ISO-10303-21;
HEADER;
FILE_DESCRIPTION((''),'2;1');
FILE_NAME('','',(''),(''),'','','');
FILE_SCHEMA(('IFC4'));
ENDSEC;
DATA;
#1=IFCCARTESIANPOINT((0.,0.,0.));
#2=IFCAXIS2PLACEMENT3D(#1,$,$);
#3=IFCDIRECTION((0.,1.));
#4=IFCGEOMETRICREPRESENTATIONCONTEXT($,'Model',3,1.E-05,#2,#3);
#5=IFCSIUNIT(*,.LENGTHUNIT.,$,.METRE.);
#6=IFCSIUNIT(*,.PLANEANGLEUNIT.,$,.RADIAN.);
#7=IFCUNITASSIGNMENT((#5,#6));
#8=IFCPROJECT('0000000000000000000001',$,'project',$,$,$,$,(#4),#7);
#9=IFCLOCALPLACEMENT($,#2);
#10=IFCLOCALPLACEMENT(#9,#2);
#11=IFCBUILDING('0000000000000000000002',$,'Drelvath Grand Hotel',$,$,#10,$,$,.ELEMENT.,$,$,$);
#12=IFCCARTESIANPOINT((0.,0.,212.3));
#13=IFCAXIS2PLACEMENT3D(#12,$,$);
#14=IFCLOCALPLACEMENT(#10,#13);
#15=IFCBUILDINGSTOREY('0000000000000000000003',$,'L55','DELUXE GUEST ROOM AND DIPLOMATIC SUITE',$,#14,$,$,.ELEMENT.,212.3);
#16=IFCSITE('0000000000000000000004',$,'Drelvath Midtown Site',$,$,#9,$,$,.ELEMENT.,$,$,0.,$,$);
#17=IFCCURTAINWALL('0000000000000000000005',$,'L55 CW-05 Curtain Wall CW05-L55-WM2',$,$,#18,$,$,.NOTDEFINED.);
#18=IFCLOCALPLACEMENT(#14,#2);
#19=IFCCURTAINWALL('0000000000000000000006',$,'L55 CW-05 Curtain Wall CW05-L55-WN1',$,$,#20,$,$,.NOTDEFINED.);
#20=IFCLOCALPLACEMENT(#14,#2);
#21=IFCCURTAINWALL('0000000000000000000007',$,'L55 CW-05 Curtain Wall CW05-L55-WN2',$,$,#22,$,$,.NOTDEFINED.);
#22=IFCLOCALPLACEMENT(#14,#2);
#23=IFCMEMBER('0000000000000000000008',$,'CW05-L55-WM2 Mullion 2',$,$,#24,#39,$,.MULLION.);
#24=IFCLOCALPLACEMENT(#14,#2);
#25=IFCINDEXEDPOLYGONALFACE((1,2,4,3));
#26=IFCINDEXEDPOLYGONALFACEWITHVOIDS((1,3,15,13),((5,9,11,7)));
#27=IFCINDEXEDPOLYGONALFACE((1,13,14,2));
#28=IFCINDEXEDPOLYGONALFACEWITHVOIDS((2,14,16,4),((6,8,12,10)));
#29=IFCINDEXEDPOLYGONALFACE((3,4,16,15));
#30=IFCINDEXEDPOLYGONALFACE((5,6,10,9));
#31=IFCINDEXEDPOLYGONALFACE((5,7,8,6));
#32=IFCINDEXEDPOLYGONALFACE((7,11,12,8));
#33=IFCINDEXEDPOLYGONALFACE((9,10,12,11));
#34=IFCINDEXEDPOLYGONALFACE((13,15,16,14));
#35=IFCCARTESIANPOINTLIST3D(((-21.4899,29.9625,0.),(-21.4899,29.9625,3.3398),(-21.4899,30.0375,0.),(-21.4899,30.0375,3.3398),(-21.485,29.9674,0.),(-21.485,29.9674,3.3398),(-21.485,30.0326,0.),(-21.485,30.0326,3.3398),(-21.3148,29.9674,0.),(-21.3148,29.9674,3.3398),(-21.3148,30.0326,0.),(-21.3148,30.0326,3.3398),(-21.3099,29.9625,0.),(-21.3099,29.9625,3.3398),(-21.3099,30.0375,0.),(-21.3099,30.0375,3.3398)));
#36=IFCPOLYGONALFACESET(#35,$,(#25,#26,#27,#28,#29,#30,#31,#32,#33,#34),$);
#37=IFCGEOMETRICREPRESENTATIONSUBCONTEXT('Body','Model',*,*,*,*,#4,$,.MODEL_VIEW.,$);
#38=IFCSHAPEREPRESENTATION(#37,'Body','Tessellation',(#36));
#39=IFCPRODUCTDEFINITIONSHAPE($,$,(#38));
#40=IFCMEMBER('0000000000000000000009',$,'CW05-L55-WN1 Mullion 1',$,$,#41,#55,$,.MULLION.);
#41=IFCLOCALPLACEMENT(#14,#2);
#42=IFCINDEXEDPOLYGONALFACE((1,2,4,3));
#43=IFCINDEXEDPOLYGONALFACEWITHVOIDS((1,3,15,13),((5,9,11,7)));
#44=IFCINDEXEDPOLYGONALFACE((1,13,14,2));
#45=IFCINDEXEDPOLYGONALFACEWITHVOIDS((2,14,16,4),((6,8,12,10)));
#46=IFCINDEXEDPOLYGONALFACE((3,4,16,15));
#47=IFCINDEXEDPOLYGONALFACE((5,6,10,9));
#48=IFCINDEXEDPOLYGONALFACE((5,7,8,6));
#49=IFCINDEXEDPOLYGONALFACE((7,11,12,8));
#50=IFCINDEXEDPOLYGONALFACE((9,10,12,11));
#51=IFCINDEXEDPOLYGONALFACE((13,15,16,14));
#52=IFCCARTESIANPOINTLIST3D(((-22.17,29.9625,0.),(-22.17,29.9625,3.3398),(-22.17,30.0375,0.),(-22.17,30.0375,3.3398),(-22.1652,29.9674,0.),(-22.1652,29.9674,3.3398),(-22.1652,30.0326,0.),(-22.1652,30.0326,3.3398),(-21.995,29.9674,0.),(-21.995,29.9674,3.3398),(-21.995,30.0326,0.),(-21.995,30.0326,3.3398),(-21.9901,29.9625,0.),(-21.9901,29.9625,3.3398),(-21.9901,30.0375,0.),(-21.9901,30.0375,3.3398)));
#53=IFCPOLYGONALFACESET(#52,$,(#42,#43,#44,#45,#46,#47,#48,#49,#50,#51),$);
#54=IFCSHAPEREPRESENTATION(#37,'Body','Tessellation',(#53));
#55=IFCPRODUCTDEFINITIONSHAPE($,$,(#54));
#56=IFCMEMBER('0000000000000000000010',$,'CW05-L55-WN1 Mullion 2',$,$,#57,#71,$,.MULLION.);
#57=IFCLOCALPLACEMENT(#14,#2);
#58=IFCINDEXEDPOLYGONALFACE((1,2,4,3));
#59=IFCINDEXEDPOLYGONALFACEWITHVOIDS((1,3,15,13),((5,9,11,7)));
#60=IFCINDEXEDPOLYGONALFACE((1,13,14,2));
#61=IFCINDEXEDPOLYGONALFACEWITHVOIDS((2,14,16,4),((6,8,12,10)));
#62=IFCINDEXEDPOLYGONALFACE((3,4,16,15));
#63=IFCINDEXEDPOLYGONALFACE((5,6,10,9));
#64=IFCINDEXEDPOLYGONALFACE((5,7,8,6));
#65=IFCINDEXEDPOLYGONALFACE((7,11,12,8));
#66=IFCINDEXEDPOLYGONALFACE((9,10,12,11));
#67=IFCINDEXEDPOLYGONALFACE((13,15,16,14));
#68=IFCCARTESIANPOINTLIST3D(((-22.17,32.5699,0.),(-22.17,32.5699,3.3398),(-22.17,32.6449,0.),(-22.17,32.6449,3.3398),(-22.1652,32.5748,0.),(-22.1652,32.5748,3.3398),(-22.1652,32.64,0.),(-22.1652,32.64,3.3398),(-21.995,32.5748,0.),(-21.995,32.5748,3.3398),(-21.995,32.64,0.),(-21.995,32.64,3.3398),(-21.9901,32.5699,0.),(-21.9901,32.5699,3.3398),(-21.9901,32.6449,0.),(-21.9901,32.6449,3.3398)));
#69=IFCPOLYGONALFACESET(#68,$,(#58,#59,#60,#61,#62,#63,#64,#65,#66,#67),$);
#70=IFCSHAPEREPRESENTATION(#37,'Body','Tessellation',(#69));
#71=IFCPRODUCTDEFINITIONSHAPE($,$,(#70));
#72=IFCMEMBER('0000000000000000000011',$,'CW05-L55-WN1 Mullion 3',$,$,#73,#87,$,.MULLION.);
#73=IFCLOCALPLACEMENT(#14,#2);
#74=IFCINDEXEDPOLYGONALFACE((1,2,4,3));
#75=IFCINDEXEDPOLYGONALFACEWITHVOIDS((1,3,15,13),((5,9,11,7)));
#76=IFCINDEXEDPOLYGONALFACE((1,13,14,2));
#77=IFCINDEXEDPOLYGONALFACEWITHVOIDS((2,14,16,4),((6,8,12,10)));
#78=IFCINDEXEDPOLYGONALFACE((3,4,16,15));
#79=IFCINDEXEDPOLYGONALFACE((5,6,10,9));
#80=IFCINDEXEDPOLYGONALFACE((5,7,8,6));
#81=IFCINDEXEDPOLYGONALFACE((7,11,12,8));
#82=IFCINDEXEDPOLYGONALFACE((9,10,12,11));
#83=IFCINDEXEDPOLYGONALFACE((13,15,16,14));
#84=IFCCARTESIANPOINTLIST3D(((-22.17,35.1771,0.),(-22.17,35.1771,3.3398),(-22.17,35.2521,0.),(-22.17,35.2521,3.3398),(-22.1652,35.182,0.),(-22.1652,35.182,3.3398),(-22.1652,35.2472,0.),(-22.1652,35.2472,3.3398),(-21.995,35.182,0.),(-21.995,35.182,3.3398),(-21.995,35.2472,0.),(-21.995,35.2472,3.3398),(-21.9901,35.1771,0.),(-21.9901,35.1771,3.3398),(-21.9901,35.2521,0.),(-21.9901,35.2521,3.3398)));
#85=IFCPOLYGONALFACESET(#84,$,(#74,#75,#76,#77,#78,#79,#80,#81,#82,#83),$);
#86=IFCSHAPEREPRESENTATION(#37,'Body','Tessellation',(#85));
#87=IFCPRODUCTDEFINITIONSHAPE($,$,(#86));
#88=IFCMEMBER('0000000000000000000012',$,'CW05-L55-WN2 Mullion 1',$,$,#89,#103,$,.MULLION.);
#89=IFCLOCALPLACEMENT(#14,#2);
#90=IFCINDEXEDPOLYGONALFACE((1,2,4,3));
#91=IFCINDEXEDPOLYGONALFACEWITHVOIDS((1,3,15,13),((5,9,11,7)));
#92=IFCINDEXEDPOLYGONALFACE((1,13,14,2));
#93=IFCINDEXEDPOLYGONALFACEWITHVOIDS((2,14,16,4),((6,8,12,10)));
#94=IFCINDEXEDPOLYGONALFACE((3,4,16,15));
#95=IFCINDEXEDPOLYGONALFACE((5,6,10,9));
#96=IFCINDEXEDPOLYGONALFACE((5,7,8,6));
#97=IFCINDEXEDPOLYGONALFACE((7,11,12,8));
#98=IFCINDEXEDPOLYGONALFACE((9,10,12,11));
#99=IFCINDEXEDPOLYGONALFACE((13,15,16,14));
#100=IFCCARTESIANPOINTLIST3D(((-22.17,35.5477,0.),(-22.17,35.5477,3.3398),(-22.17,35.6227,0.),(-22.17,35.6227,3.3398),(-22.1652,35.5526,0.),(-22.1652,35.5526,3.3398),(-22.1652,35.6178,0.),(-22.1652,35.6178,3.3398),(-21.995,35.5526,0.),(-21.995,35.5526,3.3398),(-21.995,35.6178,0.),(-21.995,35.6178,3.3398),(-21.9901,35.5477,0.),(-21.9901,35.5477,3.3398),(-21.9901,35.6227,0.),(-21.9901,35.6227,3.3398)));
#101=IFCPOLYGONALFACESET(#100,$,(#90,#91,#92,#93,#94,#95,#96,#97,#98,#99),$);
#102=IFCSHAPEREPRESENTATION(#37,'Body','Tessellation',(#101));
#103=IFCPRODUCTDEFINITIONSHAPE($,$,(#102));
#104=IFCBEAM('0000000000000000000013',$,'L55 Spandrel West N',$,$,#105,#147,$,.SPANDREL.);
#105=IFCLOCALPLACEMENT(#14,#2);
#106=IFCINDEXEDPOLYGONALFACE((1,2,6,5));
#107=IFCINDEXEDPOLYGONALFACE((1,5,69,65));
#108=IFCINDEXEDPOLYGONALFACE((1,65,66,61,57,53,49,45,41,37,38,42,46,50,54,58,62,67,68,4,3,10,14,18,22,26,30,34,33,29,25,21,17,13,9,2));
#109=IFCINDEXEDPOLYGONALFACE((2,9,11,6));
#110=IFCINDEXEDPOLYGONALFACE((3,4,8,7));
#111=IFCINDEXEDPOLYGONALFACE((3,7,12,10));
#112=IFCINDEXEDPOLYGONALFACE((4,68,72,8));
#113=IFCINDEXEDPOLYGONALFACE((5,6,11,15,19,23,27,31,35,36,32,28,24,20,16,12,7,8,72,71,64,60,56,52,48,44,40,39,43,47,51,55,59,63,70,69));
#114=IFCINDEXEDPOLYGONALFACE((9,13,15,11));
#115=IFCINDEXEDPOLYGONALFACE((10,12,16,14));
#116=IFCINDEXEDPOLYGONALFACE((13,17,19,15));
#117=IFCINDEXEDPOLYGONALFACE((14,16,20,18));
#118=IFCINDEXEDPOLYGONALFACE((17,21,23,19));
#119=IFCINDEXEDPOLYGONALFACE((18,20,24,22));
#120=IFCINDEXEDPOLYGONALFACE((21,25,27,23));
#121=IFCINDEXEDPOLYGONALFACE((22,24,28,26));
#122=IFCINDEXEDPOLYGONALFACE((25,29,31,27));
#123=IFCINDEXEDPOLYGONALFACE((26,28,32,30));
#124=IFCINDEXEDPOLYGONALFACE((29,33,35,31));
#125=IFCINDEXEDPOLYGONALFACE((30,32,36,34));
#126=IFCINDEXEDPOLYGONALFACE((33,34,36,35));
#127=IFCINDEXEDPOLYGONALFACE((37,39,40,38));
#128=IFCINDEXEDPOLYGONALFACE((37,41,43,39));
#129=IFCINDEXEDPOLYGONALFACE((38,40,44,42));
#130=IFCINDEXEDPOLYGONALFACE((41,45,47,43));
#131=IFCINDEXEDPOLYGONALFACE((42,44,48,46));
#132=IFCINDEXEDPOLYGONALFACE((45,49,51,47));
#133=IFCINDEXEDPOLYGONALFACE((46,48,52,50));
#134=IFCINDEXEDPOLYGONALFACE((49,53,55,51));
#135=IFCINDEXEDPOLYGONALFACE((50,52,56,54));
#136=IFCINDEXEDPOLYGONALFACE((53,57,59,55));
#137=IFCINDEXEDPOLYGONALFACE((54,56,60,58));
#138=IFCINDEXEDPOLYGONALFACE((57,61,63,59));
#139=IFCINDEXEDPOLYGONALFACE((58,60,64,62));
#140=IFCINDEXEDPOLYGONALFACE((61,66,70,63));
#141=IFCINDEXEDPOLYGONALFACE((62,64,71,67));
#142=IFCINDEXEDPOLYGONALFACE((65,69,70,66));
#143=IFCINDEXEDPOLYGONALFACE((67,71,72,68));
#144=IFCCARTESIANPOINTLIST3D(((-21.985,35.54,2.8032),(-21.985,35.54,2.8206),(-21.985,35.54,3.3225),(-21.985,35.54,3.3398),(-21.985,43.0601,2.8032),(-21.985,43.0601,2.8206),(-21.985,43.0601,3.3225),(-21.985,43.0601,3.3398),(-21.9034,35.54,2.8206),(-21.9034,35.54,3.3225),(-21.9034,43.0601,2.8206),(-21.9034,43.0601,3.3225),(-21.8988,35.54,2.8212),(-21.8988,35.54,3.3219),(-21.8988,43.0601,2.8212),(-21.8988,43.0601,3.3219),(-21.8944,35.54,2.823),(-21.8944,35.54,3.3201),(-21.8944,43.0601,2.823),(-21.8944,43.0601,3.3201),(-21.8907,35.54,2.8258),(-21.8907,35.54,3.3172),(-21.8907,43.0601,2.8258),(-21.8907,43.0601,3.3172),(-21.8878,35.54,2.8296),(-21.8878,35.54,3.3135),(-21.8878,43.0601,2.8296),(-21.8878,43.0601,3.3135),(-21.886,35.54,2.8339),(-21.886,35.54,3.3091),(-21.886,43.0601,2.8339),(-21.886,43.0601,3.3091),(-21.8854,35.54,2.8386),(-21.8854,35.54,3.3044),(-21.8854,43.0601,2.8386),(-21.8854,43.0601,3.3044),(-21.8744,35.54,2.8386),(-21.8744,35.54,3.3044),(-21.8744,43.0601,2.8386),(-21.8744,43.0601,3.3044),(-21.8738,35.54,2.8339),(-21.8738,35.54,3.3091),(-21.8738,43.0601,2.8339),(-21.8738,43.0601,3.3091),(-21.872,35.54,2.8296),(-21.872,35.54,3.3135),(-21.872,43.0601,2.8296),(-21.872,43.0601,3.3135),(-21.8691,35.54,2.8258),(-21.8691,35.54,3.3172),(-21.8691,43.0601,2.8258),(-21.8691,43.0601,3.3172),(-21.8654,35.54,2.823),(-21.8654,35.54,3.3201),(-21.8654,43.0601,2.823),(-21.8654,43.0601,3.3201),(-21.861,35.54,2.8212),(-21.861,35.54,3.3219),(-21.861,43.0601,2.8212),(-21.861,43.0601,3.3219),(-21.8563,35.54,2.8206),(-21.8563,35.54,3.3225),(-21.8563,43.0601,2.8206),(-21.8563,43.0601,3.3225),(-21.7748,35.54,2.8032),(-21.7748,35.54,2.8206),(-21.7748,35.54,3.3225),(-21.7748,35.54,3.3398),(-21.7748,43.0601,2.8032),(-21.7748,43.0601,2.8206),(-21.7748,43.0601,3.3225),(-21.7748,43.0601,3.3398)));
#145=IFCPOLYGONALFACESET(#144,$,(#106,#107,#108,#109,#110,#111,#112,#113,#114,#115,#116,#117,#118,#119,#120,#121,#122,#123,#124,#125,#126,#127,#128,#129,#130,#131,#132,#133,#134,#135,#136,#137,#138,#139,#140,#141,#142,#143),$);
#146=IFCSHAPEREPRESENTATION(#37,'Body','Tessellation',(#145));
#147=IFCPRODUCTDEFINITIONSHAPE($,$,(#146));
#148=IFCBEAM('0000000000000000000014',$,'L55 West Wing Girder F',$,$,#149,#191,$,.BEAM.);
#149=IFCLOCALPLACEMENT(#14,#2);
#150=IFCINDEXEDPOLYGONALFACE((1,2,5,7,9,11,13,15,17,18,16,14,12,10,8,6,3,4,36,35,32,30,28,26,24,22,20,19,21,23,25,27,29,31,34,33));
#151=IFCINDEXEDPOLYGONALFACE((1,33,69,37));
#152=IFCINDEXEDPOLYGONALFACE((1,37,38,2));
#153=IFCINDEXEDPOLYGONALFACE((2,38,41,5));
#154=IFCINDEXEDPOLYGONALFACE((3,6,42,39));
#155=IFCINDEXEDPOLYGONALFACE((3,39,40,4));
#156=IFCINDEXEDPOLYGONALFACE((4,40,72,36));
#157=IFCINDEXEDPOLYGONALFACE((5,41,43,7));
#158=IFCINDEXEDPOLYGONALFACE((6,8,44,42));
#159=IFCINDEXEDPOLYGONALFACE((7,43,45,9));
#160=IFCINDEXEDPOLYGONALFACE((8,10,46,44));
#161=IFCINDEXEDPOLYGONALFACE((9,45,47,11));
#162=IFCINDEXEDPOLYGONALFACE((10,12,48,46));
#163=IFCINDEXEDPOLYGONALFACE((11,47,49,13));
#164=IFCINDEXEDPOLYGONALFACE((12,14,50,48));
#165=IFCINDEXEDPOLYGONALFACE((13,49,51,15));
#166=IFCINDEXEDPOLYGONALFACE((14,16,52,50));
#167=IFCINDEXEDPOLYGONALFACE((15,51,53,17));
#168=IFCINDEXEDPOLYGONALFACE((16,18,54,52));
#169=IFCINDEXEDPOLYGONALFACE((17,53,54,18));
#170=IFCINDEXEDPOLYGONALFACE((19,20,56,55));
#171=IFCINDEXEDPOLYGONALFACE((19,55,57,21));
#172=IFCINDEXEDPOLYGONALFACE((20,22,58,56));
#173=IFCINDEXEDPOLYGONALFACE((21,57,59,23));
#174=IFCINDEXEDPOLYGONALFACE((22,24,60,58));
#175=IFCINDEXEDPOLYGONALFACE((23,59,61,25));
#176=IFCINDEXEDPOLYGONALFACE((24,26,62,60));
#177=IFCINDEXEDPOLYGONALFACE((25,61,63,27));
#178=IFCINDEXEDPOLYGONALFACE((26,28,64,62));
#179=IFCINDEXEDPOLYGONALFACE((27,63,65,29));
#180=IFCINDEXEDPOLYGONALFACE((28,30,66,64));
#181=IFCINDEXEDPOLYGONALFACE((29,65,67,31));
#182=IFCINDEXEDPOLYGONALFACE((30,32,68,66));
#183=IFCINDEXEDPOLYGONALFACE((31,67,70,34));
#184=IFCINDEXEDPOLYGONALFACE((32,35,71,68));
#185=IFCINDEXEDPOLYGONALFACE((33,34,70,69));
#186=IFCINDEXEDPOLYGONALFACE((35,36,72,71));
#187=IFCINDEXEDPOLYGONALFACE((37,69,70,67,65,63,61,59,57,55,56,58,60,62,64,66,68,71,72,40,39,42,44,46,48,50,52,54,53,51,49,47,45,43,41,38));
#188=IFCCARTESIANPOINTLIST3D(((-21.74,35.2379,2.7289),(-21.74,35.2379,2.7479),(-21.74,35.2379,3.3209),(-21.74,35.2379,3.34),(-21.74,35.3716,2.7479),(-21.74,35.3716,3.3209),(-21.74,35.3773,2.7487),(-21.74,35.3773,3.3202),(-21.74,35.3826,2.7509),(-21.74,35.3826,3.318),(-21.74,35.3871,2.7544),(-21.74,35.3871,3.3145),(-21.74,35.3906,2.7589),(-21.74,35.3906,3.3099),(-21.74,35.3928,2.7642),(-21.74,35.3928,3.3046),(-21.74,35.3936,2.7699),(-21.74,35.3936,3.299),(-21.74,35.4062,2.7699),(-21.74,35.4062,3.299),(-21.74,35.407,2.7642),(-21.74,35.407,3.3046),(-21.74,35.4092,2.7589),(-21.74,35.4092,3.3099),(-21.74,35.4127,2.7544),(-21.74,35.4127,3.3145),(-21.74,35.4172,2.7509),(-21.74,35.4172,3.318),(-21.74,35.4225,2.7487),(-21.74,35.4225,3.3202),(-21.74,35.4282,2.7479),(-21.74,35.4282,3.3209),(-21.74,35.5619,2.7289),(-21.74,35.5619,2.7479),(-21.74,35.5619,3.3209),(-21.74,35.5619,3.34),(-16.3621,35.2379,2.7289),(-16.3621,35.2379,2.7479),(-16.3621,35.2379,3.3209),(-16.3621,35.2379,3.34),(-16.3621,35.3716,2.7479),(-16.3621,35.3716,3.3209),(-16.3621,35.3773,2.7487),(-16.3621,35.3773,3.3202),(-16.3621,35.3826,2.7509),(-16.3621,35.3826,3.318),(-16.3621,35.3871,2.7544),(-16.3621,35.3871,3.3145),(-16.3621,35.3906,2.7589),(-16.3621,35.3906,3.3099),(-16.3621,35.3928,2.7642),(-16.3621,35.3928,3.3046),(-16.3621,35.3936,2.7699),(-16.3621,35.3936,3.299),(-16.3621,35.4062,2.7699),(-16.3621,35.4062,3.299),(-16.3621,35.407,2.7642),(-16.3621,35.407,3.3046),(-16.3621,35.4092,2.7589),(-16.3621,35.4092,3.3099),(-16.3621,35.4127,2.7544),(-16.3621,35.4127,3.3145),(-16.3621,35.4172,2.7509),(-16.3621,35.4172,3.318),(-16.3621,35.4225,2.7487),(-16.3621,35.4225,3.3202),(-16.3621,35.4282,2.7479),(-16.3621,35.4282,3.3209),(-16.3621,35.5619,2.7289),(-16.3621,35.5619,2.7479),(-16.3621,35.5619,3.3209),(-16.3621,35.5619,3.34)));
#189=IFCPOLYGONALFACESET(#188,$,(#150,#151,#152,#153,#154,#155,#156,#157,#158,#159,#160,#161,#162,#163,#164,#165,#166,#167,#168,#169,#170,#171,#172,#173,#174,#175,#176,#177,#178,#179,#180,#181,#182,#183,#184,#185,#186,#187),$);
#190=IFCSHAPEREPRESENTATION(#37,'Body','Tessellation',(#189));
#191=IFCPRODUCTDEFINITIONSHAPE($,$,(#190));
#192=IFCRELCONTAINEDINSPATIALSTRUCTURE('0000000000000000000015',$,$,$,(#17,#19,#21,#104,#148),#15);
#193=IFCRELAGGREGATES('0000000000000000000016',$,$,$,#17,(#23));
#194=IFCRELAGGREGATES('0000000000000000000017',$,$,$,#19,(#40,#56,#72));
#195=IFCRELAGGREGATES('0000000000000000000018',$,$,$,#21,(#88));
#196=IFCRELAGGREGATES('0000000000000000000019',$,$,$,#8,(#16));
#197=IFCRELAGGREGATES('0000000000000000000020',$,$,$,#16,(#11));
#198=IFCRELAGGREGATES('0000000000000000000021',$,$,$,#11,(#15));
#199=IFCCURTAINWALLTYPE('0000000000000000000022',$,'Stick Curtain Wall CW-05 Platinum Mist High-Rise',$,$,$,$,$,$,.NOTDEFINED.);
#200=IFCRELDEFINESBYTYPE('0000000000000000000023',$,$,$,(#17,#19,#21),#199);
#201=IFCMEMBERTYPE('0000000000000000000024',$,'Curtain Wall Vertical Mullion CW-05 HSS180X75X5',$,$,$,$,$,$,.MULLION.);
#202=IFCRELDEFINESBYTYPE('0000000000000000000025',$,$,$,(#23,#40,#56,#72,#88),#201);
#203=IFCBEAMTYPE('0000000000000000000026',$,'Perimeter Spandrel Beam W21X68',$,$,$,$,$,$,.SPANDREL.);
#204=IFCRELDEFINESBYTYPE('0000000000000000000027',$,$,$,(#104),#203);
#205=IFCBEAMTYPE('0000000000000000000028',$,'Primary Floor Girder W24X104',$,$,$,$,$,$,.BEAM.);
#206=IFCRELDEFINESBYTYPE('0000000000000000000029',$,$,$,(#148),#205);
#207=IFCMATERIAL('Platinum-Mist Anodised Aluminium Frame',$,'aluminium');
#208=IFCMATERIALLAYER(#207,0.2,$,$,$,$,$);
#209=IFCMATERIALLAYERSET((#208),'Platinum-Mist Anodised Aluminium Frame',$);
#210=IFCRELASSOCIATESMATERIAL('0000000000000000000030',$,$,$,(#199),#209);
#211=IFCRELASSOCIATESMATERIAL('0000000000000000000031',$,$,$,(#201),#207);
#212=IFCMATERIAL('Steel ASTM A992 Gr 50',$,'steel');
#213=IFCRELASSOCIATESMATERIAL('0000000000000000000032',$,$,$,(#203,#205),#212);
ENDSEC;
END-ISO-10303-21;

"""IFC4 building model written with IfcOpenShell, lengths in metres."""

from ifc_helpers import new_model, si_unit, direction, frame, origin, origin_2d, place, context, subcontext, project, spatial, hollow_rectangle, i_section, extrude, material, layer, layer_set, material_profile, profile_set, type_object, element, aggregate, save


model = new_model("IFC4")

# Units and contexts
model_context = context("Model", 3, precision=1e-05, world=origin(), true_north=direction((0.0, 1.0)))
body_context = subcontext(model_context, "Body", "Model", "MODEL_VIEW")
ifc_project = project(units=[si_unit("LENGTHUNIT", "METRE"), si_unit("PLANEANGLEUNIT", "RADIAN")], contexts=[model_context])

# Site, building, storey
site_placement = place(None, origin())
site = spatial("IfcSite", under=ifc_project, at=site_placement, Name="Drelvath Midtown Site", CompositionType="ELEMENT", RefElevation=0.0)
building_placement = place(site_placement, origin())
building = spatial("IfcBuilding", under=site, at=building_placement, Name="Drelvath Grand Hotel", CompositionType="ELEMENT")
storey_placement = place(building_placement, frame((0.0, 0.0, 212.3)))
storey = spatial("IfcBuildingStorey", under=building, at=storey_placement, Name="L55", Description="DELUXE GUEST ROOM AND DIPLOMATIC SUITE", CompositionType="ELEMENT", Elevation=212.3)

# Curtain walls
ifc_material_1 = material(Name="Platinum-Mist Anodised Aluminium Frame", Category="aluminium")
ifc_layer_1 = layer(ifc_material_1, 0.2)
ifc_layer_set_1 = layer_set([ifc_layer_1], Name="Platinum-Mist Anodised Aluminium Frame")
curtain_wall_type = type_object("IfcCurtainWallType", Name="Stick Curtain Wall CW-05 Platinum Mist High-Rise", PredefinedType="NOTDEFINED", material=ifc_layer_set_1)
curtain_wall_1_placement = place(storey_placement, origin())
curtain_wall_1 = element("IfcCurtainWall", 1, at=curtain_wall_1_placement, inside=storey, type_object=curtain_wall_type, Name="L55 CW-05 Curtain Wall CW05-L55-WM2", PredefinedType="NOTDEFINED")
curtain_wall_2_placement = place(storey_placement, origin())
curtain_wall_2 = element("IfcCurtainWall", 2, at=curtain_wall_2_placement, inside=storey, type_object=curtain_wall_type, Name="L55 CW-05 Curtain Wall CW05-L55-WN1", PredefinedType="NOTDEFINED")
curtain_wall_3_placement = place(storey_placement, origin())
curtain_wall_3 = element("IfcCurtainWall", 3, at=curtain_wall_3_placement, inside=storey, type_object=curtain_wall_type, Name="L55 CW-05 Curtain Wall CW05-L55-WN2", PredefinedType="NOTDEFINED")
ifc_material_profile_1 = material_profile(ifc_material_1, hollow_rectangle(XDim=0.075, YDim=0.1799, WallThickness=0.0049, at=origin_2d()), Name="HSS180X75X5")
ifc_profile_set_1 = profile_set([ifc_material_profile_1], Name="Platinum-Mist Anodised Aluminium Frame")
member_type_1 = type_object("IfcMemberType", Name="Curtain Wall Vertical Mullion CW-05 HSS180X75X5", PredefinedType="MULLION", material=ifc_profile_set_1)

# Members
member_1_placement = place(storey_placement, frame((-21.3999, 30.0, 0.0), z_axis=(0.0, 0.0, 1.0), x_axis=(0.0, 1.0, 0.0)))
member_1 = element("IfcMember", 4, at=member_1_placement, type_object=member_type_1, Name="CW05-L55-WM2 Mullion 2", PredefinedType="MULLION", context=body_context, shape_type="SweptSolid", body=[
    extrude(hollow_rectangle(XDim=0.075, YDim=0.1799, WallThickness=0.0049, at=origin_2d()), origin(), (0.0, 0.0, 1.0), 3.3398),
])
member_2_placement = place(storey_placement, frame((-22.0801, 30.0, 0.0), z_axis=(0.0, 0.0, 1.0), x_axis=(0.0, 1.0, 0.0)))
member_2 = element("IfcMember", 5, at=member_2_placement, type_object=member_type_1, Name="CW05-L55-WN1 Mullion 1", PredefinedType="MULLION", context=body_context, shape_type="SweptSolid", body=[
    extrude(hollow_rectangle(XDim=0.075, YDim=0.1799, WallThickness=0.0049, at=origin_2d()), origin(), (0.0, 0.0, 1.0), 3.3398),
])
member_3_placement = place(storey_placement, frame((-22.0801, 32.6074, 0.0), z_axis=(0.0, 0.0, 1.0), x_axis=(0.0, 1.0, 0.0)))
member_3 = element("IfcMember", 6, at=member_3_placement, type_object=member_type_1, Name="CW05-L55-WN1 Mullion 2", PredefinedType="MULLION", context=body_context, shape_type="SweptSolid", body=[
    extrude(hollow_rectangle(XDim=0.075, YDim=0.1799, WallThickness=0.0049, at=origin_2d()), origin(), (0.0, 0.0, 1.0), 3.3398),
])
member_4_placement = place(storey_placement, frame((-22.0801, 35.2146, 0.0), z_axis=(0.0, 0.0, 1.0), x_axis=(0.0, 1.0, 0.0)))
member_4 = element("IfcMember", 7, at=member_4_placement, type_object=member_type_1, Name="CW05-L55-WN1 Mullion 3", PredefinedType="MULLION", context=body_context, shape_type="SweptSolid", body=[
    extrude(hollow_rectangle(XDim=0.075, YDim=0.1799, WallThickness=0.0049, at=origin_2d()), origin(), (0.0, 0.0, 1.0), 3.3398),
])
member_5_placement = place(storey_placement, frame((-22.0801, 35.5852, 0.0), z_axis=(0.0, 0.0, 1.0), x_axis=(0.0, 1.0, 0.0)))
member_5 = element("IfcMember", 8, at=member_5_placement, type_object=member_type_1, Name="CW05-L55-WN2 Mullion 1", PredefinedType="MULLION", context=body_context, shape_type="SweptSolid", body=[
    extrude(hollow_rectangle(XDim=0.075, YDim=0.1799, WallThickness=0.0049, at=origin_2d()), origin(), (0.0, 0.0, 1.0), 3.3398),
])

# Beams
ifc_material_2 = material(Name="Steel ASTM A992 Gr 50", Category="steel")
ifc_material_profile_2 = material_profile(ifc_material_2, i_section(OverallWidth=0.2102, OverallDepth=0.5366, WebThickness=0.011, FlangeThickness=0.0173, FilletRadius=0.0181, at=origin_2d()), Name="W21X68")
ifc_profile_set_2 = profile_set([ifc_material_profile_2], Name="Steel ASTM A992 Gr 50")
beam_type_1 = type_object("IfcBeamType", Name="Perimeter Spandrel Beam W21X68", PredefinedType="SPANDREL", material=ifc_profile_set_2)
beam_1_placement = place(storey_placement, frame((-21.8799, 35.54, 3.0715), z_axis=(0.0, 1.0, 0.0), x_axis=(-1.0, 0.0, 0.0)))
element("IfcBeam", 9, at=beam_1_placement, inside=storey, type_object=beam_type_1, Name="L55 Spandrel West N", PredefinedType="SPANDREL", context=body_context, shape_type="SweptSolid", body=[
    extrude(i_section(OverallWidth=0.2102, OverallDepth=0.5366, WebThickness=0.011, FlangeThickness=0.0173, FilletRadius=0.0181, at=origin_2d()), origin(), (0.0, 0.0, 1.0), 7.52),
])
ifc_material_profile_3 = material_profile(ifc_material_2, i_section(OverallWidth=0.324, OverallDepth=0.6111, WebThickness=0.0127, FlangeThickness=0.019, FilletRadius=0.022, at=origin_2d()), Name="W24X104")
ifc_profile_set_3 = profile_set([ifc_material_profile_3], Name="Steel ASTM A992 Gr 50")
beam_type_2 = type_object("IfcBeamType", Name="Primary Floor Girder W24X104", PredefinedType="BEAM", material=ifc_profile_set_3)
beam_2_placement = place(storey_placement, frame((-21.74, 35.3999, 3.0344), z_axis=(1.0, 0.0, 0.0), x_axis=(0.0, 1.0, 0.0)))
element("IfcBeam", 10, at=beam_2_placement, inside=storey, type_object=beam_type_2, Name="L55 West Wing Girder F", PredefinedType="BEAM", context=body_context, shape_type="SweptSolid", body=[
    extrude(i_section(OverallWidth=0.324, OverallDepth=0.6111, WebThickness=0.0127, FlangeThickness=0.019, FilletRadius=0.022, at=origin_2d()), origin(), (0.0, 0.0, 1.0), 5.3779),
])

aggregate(curtain_wall_1, [member_1])
aggregate(curtain_wall_2, [member_2, member_3, member_4])
aggregate(curtain_wall_3, [member_5])

save(model, "model.ifc")
